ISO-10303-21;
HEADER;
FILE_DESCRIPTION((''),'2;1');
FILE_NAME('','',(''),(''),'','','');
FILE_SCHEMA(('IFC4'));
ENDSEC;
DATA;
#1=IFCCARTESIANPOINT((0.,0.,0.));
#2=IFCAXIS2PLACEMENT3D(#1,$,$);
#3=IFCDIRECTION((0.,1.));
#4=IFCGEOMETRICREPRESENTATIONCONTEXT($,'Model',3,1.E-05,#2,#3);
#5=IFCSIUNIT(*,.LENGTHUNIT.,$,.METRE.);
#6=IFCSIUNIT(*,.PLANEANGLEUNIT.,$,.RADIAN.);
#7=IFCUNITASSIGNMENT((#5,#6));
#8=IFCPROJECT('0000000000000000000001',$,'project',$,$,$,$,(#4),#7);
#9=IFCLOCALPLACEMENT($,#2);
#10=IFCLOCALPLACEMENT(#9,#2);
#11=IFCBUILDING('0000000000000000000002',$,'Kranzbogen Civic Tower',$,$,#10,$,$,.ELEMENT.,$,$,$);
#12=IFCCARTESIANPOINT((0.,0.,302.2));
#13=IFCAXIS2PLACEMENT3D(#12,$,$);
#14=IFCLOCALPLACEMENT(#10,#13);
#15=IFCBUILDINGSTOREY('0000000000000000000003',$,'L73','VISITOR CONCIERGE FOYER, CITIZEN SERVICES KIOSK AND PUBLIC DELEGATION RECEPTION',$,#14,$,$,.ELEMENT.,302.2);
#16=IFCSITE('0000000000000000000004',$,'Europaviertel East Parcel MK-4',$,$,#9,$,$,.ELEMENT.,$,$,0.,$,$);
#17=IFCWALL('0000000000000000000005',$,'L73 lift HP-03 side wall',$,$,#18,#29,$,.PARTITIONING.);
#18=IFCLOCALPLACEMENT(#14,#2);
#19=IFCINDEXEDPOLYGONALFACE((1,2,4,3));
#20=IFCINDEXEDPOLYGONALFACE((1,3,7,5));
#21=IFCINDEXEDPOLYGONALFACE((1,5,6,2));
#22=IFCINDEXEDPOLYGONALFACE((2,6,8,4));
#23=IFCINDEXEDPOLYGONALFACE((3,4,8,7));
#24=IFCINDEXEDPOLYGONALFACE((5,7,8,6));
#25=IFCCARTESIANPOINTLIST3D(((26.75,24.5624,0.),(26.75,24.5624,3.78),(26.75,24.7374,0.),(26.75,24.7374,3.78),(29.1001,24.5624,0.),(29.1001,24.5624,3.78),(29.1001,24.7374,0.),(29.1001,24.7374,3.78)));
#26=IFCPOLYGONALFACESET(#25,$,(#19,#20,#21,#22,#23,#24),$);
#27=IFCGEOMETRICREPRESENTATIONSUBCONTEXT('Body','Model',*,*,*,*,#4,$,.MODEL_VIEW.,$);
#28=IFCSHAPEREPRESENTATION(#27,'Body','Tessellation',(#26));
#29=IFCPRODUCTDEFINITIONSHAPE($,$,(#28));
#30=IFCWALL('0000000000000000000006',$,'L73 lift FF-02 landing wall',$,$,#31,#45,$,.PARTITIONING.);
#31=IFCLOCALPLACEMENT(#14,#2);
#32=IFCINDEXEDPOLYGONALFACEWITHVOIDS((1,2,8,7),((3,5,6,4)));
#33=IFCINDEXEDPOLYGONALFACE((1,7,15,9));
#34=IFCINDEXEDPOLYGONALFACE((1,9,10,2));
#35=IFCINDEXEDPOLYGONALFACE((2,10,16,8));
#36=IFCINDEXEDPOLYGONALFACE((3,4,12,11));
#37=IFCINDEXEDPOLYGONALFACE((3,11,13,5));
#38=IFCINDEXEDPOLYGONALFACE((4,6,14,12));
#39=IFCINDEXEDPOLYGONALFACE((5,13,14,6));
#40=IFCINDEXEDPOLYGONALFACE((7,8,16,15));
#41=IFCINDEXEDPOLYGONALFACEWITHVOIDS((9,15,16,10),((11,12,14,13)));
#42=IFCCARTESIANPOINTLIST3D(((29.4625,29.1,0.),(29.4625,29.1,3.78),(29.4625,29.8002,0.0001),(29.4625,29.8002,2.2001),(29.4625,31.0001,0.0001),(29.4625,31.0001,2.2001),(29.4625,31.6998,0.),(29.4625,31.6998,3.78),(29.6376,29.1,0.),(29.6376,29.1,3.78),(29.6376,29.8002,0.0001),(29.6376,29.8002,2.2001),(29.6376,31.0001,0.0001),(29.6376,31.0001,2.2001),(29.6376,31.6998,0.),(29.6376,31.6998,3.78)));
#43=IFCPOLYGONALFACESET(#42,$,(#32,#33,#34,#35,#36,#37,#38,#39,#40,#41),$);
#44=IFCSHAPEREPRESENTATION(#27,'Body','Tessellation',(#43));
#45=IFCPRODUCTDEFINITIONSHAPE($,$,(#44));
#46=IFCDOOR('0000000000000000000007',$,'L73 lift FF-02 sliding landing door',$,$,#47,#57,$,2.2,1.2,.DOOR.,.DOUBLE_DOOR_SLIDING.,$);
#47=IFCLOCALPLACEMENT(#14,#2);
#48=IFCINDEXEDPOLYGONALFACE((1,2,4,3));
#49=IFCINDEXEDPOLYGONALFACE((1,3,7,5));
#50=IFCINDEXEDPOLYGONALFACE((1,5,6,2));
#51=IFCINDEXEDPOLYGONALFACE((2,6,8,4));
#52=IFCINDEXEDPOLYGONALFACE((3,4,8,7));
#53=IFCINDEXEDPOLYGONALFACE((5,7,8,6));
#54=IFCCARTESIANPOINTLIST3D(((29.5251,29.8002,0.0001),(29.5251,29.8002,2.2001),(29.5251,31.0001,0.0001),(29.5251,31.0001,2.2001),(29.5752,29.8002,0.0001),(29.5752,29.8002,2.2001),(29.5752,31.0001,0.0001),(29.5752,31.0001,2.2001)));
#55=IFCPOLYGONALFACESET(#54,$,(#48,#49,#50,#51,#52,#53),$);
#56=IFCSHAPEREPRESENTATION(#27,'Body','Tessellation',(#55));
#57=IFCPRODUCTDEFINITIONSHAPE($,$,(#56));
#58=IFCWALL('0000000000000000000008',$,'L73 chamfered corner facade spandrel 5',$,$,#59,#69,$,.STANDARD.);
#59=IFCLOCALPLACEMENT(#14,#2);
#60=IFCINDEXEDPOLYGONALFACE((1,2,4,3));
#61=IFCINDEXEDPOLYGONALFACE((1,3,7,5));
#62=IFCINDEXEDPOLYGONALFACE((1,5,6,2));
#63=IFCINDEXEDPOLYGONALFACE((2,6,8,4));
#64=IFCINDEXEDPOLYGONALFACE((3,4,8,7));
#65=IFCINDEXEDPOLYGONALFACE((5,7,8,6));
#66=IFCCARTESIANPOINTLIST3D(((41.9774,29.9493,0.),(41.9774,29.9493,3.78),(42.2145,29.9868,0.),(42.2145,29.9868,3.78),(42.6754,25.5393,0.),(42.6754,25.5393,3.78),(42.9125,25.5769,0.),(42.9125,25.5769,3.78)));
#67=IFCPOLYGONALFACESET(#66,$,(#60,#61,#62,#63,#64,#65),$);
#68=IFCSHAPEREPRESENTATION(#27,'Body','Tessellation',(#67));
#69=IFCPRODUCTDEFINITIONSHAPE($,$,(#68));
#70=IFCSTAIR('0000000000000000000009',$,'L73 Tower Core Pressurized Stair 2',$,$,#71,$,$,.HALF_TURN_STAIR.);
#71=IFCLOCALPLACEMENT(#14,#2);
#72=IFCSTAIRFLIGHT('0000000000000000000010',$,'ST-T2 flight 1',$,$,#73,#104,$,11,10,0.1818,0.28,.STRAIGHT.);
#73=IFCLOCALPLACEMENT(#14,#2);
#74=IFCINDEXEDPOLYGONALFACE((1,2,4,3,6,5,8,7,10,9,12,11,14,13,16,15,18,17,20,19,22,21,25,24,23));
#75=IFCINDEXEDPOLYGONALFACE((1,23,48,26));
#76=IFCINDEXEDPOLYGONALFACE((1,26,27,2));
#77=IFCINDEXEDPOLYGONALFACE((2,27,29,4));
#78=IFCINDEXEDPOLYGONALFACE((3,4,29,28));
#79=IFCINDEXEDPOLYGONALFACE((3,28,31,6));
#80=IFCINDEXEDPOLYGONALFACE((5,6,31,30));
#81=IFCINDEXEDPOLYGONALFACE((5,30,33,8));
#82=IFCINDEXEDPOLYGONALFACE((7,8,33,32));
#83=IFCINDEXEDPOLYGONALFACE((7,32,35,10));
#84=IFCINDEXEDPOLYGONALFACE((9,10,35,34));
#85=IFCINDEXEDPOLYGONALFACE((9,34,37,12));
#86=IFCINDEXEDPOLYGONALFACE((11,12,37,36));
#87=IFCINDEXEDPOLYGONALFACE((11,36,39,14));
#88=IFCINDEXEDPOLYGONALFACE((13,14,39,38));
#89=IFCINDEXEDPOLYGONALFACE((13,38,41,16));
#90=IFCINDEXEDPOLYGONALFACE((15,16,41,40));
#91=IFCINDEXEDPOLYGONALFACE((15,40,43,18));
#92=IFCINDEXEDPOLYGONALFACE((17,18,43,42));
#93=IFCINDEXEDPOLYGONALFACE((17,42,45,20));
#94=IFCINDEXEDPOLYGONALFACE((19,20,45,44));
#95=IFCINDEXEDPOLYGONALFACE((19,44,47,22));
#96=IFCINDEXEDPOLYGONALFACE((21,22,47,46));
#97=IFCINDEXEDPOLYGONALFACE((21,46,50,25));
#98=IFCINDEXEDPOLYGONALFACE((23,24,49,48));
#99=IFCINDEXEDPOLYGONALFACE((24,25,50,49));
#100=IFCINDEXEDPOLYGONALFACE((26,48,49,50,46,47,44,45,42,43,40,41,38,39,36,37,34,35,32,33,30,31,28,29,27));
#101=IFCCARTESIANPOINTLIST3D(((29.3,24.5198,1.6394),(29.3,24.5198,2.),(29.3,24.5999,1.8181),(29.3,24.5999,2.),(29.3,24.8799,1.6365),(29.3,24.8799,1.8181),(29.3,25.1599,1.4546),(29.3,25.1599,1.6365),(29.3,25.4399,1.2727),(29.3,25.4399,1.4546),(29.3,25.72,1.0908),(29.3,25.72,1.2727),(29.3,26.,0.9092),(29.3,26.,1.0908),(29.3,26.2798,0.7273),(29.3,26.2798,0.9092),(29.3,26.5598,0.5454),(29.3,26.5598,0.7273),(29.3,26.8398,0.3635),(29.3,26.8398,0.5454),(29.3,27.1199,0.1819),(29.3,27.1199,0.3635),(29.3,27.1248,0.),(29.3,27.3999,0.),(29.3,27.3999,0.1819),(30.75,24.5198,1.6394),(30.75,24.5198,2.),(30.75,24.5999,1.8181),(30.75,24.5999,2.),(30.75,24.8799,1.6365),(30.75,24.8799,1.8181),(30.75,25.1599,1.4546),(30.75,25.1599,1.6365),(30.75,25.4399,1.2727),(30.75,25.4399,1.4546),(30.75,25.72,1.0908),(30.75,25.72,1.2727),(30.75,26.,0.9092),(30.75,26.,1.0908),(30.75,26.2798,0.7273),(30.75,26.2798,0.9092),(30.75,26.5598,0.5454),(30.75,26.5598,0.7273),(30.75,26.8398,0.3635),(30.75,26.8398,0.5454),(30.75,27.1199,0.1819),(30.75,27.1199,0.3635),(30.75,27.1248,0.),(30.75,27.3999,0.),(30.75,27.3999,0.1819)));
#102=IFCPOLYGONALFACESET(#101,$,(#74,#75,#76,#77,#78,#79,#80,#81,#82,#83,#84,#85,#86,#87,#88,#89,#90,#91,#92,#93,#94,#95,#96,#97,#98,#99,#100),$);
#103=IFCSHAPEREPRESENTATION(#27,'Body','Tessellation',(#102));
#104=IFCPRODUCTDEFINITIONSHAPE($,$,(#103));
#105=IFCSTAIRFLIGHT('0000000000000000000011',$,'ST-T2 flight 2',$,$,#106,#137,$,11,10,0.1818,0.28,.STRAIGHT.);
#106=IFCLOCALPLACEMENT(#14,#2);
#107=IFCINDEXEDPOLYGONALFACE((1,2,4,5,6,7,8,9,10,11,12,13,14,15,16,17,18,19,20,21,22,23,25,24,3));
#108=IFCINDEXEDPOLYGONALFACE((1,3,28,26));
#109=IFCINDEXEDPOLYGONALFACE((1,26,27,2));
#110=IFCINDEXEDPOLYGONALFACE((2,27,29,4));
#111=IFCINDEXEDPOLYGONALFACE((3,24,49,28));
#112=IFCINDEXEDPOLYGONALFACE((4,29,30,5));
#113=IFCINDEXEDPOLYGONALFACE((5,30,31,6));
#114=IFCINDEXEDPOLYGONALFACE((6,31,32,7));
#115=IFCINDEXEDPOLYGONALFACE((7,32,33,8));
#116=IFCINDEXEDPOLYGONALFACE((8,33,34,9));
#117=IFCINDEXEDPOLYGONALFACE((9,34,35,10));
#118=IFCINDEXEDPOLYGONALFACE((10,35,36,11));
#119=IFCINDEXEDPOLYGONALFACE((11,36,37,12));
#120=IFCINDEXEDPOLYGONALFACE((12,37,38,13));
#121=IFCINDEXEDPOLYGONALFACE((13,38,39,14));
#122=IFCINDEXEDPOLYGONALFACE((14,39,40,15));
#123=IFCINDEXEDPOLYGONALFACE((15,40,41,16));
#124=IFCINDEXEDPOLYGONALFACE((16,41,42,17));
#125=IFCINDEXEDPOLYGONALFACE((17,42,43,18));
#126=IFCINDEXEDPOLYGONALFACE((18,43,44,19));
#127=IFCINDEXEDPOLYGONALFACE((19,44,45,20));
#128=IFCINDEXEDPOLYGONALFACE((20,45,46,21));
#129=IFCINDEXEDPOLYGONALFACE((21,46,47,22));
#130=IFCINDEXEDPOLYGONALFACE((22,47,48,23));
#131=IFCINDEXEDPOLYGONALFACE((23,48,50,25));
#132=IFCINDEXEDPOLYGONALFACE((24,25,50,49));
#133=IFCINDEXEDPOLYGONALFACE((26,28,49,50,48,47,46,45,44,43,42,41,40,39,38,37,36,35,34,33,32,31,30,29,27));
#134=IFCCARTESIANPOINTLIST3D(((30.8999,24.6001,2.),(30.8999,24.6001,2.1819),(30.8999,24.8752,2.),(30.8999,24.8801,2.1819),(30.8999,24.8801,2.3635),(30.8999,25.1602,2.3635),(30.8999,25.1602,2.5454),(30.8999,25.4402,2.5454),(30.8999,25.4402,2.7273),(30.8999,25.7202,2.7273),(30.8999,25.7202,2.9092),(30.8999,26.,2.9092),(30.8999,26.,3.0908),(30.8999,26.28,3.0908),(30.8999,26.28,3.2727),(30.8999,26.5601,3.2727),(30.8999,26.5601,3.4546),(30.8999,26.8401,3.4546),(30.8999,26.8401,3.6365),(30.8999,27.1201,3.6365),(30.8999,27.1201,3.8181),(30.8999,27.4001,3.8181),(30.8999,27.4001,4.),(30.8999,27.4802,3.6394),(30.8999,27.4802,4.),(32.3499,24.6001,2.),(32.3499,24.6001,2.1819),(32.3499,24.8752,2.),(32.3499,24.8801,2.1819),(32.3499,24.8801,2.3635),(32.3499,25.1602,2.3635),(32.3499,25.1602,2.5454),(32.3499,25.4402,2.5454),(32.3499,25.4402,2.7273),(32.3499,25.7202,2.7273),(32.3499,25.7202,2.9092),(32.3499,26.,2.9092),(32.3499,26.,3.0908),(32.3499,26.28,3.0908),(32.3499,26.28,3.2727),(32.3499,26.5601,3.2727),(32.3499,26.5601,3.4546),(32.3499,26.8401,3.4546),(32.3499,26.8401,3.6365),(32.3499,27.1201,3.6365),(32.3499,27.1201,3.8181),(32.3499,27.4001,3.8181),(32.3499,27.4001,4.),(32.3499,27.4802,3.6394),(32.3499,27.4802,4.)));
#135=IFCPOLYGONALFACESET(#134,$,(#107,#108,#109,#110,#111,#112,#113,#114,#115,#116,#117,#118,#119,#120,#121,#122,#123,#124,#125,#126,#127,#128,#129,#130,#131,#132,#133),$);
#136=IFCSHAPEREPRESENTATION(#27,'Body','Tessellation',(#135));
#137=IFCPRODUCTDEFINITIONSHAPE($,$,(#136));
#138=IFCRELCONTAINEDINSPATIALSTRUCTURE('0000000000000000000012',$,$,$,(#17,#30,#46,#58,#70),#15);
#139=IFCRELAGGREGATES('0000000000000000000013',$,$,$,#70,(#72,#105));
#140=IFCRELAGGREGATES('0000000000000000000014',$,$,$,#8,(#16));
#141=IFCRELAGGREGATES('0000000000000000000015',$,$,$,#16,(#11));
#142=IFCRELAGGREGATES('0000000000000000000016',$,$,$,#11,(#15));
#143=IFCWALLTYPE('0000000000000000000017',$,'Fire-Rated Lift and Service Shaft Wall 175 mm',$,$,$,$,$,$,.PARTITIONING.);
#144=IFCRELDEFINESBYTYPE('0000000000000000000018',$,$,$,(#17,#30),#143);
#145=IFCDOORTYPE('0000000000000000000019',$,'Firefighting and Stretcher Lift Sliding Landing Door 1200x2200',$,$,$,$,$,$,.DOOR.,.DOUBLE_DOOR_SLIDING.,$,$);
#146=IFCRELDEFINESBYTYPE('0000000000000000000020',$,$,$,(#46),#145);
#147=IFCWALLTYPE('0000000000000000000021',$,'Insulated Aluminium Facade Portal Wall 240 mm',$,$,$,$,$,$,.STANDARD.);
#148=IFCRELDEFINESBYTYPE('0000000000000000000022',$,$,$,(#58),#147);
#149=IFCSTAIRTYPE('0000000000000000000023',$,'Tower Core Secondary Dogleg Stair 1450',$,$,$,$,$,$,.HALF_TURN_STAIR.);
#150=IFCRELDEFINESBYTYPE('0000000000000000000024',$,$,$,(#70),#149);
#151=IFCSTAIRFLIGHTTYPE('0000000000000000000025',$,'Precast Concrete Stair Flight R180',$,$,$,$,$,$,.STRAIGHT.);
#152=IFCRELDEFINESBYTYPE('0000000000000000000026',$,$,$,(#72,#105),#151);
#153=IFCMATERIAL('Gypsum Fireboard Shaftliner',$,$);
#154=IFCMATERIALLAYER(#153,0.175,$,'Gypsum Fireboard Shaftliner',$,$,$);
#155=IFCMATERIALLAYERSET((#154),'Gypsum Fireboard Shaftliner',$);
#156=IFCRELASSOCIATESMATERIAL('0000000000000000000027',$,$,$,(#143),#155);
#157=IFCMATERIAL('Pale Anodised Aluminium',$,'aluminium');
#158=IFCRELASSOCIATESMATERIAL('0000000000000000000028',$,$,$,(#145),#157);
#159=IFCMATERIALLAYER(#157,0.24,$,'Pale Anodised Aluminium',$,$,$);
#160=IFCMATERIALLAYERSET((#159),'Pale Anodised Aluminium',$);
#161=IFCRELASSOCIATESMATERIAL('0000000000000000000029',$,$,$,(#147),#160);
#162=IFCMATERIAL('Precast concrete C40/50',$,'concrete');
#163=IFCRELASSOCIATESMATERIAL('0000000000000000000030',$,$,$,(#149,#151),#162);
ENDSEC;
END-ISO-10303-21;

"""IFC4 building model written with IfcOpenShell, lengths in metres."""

from ifc_helpers import new_model, si_unit, direction, frame, frame_2d, origin, place, context, subcontext, project, spatial, polyline, rectangle, outline, extrude, material, layer, layer_set, type_object, element, fill, aggregate, save


model = new_model("IFC4")

# Units and contexts
model_context = context("Model", 3, precision=1e-05, world=origin(), true_north=direction((0.0, 1.0)))
body_context = subcontext(model_context, "Body", "Model", "MODEL_VIEW")
ifc_project = project(units=[si_unit("LENGTHUNIT", "METRE"), si_unit("PLANEANGLEUNIT", "RADIAN")], contexts=[model_context])

# Site, building, storey
site_placement = place(None, origin())
site = spatial("IfcSite", under=ifc_project, at=site_placement, Name="Europaviertel East Parcel MK-4", CompositionType="ELEMENT", RefElevation=0.0)
building_placement = place(site_placement, origin())
building = spatial("IfcBuilding", under=site, at=building_placement, Name="Kranzbogen Civic Tower", CompositionType="ELEMENT")
storey_placement = place(building_placement, frame((0.0, 0.0, 302.2)))
storey = spatial("IfcBuildingStorey", under=building, at=storey_placement, Name="L73", Description="VISITOR CONCIERGE FOYER, CITIZEN SERVICES KIOSK AND PUBLIC DELEGATION RECEPTION", CompositionType="ELEMENT", Elevation=302.2)

# Shared definitions
ifc_material_1 = material(Name="Pale Anodised Aluminium", Category="aluminium")

# Shared definitions
ifc_material_2 = material(Name="Gypsum Fireboard Shaftliner")
ifc_layer_1 = layer(ifc_material_2, 0.175, Name="Gypsum Fireboard Shaftliner")
ifc_layer_set_1 = layer_set([ifc_layer_1], Name="Gypsum Fireboard Shaftliner")
wall_type_1 = type_object("IfcWallType", Name="Fire-Rated Lift and Service Shaft Wall 175 mm", PredefinedType="PARTITIONING", material=ifc_layer_set_1)

# Wall
wall_1_placement = place(storey_placement, frame((26.75, 24.6499, 0.0), z_axis=(0.0, 0.0, 1.0), x_axis=(1.0, 0.0, 0.0)))
element("IfcWall", 1, at=wall_1_placement, inside=storey, type_object=wall_type_1, Name="L73 lift HP-03 side wall", PredefinedType="PARTITIONING", context=body_context, shape_type="SweptSolid", body=[
    extrude(rectangle(XDim=2.3501, YDim=0.175, at=frame_2d((1.175, 0.0))), origin(), (0.0, 0.0, 1.0), 3.78),
])

# Wall, opening, door
wall_2_placement = place(storey_placement, frame((29.55, 29.1001, 0.0), z_axis=(0.0, 0.0, 1.0), x_axis=(0.0, 1.0, 0.0)))
wall_2 = element("IfcWall", 2, at=wall_2_placement, inside=storey, type_object=wall_type_1, Name="L73 lift FF-02 landing wall", PredefinedType="PARTITIONING", context=body_context, shape_type="SweptSolid", body=[
    extrude(rectangle(XDim=2.5999, YDim=0.175, at=frame_2d((1.2998, 0.0))), origin(), (0.0, 0.0, 1.0), 3.78),
])
opening_1_placement = place(wall_2_placement, frame((0.7, 0.0, 0.0)))
opening_1 = element("IfcOpeningElement", 3, at=opening_1_placement, cuts=wall_2, PredefinedType="OPENING", context=body_context, shape_type="SweptSolid", body=[
    extrude(rectangle(XDim=1.2, YDim=2.2, at=frame_2d((0.6001, 1.1001))), frame((0.0, 0.0977, 0.0), z_axis=(0.0, -1.0, 0.0), x_axis=(1.0, 0.0, 0.0)), (0.0, 0.0, 1.0), 0.1951),
])
door_type_1 = type_object("IfcDoorType", Name="Firefighting and Stretcher Lift Sliding Landing Door 1200x2200", OperationType="DOUBLE_DOOR_SLIDING", PredefinedType="DOOR", material=ifc_material_1)
door_1_placement = place(opening_1_placement, origin())
door_1 = element("IfcDoor", 4, at=door_1_placement, inside=storey, type_object=door_type_1, Name="L73 lift FF-02 sliding landing door", OperationType="DOUBLE_DOOR_SLIDING", OverallHeight=2.2, OverallWidth=1.2, PredefinedType="DOOR", context=body_context, shape_type="SweptSolid", body=[
    extrude(rectangle(XDim=1.2, YDim=2.2, at=frame_2d((0.6001, 1.1001))), frame((0.0, 0.0249, 0.0), z_axis=(0.0, -1.0, 0.0), x_axis=(1.0, 0.0, 0.0)), (0.0, 0.0, 1.0), 0.05),
])
fill(opening_1, door_1)

# Wall
ifc_layer_2 = layer(ifc_material_1, 0.24, Name="Pale Anodised Aluminium")
ifc_layer_set_2 = layer_set([ifc_layer_2], Name="Pale Anodised Aluminium")
wall_type_2 = type_object("IfcWallType", Name="Insulated Aluminium Facade Portal Wall 240 mm", PredefinedType="STANDARD", material=ifc_layer_set_2)
wall_3_placement = place(storey_placement, frame((42.7939, 25.5581, 0.0), z_axis=(0.0, 0.0, 1.0), x_axis=(-0.156333, 0.987704, 0.0)))
element("IfcWall", 5, at=wall_3_placement, inside=storey, type_object=wall_type_2, Name="L73 chamfered corner facade spandrel 5", PredefinedType="STANDARD", context=body_context, shape_type="SweptSolid", body=[
    extrude(rectangle(XDim=4.4648, YDim=0.24, at=frame_2d((2.2324, 0.0))), origin(), (0.0, 0.0, 1.0), 3.78),
])

# Stair, stair flights
ifc_material_3 = material(Name="Precast concrete C40/50", Category="concrete")
stair_type = type_object("IfcStairType", Name="Tower Core Secondary Dogleg Stair 1450", PredefinedType="HALF_TURN_STAIR", material=ifc_material_3)
stair_placement = place(storey_placement, origin())
stair = element("IfcStair", 6, at=stair_placement, inside=storey, type_object=stair_type, Name="L73 Tower Core Pressurized Stair 2", PredefinedType="HALF_TURN_STAIR")
stair_flight_type = type_object("IfcStairFlightType", Name="Precast Concrete Stair Flight R180", PredefinedType="STRAIGHT", material=ifc_material_3)
stair_flight_1_placement = place(storey_placement, frame((30.0249, 27.3999, 0.0), z_axis=(0.0, 0.0, 1.0), x_axis=(0.0, -1.0, 0.0)))
stair_flight_1 = element("IfcStairFlight", 7, at=stair_flight_1_placement, type_object=stair_flight_type, Name="ST-T2 flight 1", NumberOfRisers=11, NumberOfTreads=10, PredefinedType="STRAIGHT", RiserHeight=0.1818, TreadLength=0.28, context=body_context, shape_type="SweptSolid", body=[
    extrude(outline(polyline([(0.0, 0.0), (0.0, 0.1819), (0.28, 0.1819), (0.28, 0.3635), (0.5601, 0.3635), (0.5601, 0.5454), (0.8401, 0.5454), (0.8401, 0.7273), (1.1201, 0.7273), (1.1201, 0.9092), (1.3999, 0.9092), (1.3999, 1.0908), (1.6799, 1.0908), (1.6799, 1.2727), (1.96, 1.2727), (1.96, 1.4546), (2.24, 1.4546), (2.24, 1.6365), (2.52, 1.6365), (2.52, 1.8181), (2.8, 1.8181), (2.8, 2.0), (2.8801, 2.0), (2.8801, 1.6394), (0.2751, 0.0), (0.0, 0.0)])), frame((0.0, 0.7251, 0.0), z_axis=(0.0, -1.0, 0.0), x_axis=(1.0, 0.0, 0.0)), (0.0, 0.0, 1.0), 1.45),
])
stair_flight_2_placement = place(storey_placement, frame((31.625, 24.6001, 2.0), z_axis=(0.0, 0.0, 1.0), x_axis=(0.0, 1.0, 0.0)))
stair_flight_2 = element("IfcStairFlight", 8, at=stair_flight_2_placement, type_object=stair_flight_type, Name="ST-T2 flight 2", NumberOfRisers=11, NumberOfTreads=10, PredefinedType="STRAIGHT", RiserHeight=0.1818, TreadLength=0.28, context=body_context, shape_type="SweptSolid", body=[
    extrude(outline(polyline([(0.0, 0.0), (0.0, 0.1819), (0.28, 0.1819), (0.28, 0.3635), (0.5601, 0.3635), (0.5601, 0.5454), (0.8401, 0.5454), (0.8401, 0.7273), (1.1201, 0.7273), (1.1201, 0.9092), (1.3999, 0.9092), (1.3999, 1.0908), (1.6799, 1.0908), (1.6799, 1.2727), (1.96, 1.2727), (1.96, 1.4546), (2.24, 1.4546), (2.24, 1.6365), (2.52, 1.6365), (2.52, 1.8181), (2.8, 1.8181), (2.8, 2.0), (2.8801, 2.0), (2.8801, 1.6394), (0.2751, 0.0), (0.0, 0.0)])), frame((0.0, 0.7251, 0.0), z_axis=(0.0, -1.0, 0.0), x_axis=(1.0, 0.0, 0.0)), (0.0, 0.0, 1.0), 1.45),
])
aggregate(stair, [stair_flight_1, stair_flight_2])

save(model, "model.ifc")
